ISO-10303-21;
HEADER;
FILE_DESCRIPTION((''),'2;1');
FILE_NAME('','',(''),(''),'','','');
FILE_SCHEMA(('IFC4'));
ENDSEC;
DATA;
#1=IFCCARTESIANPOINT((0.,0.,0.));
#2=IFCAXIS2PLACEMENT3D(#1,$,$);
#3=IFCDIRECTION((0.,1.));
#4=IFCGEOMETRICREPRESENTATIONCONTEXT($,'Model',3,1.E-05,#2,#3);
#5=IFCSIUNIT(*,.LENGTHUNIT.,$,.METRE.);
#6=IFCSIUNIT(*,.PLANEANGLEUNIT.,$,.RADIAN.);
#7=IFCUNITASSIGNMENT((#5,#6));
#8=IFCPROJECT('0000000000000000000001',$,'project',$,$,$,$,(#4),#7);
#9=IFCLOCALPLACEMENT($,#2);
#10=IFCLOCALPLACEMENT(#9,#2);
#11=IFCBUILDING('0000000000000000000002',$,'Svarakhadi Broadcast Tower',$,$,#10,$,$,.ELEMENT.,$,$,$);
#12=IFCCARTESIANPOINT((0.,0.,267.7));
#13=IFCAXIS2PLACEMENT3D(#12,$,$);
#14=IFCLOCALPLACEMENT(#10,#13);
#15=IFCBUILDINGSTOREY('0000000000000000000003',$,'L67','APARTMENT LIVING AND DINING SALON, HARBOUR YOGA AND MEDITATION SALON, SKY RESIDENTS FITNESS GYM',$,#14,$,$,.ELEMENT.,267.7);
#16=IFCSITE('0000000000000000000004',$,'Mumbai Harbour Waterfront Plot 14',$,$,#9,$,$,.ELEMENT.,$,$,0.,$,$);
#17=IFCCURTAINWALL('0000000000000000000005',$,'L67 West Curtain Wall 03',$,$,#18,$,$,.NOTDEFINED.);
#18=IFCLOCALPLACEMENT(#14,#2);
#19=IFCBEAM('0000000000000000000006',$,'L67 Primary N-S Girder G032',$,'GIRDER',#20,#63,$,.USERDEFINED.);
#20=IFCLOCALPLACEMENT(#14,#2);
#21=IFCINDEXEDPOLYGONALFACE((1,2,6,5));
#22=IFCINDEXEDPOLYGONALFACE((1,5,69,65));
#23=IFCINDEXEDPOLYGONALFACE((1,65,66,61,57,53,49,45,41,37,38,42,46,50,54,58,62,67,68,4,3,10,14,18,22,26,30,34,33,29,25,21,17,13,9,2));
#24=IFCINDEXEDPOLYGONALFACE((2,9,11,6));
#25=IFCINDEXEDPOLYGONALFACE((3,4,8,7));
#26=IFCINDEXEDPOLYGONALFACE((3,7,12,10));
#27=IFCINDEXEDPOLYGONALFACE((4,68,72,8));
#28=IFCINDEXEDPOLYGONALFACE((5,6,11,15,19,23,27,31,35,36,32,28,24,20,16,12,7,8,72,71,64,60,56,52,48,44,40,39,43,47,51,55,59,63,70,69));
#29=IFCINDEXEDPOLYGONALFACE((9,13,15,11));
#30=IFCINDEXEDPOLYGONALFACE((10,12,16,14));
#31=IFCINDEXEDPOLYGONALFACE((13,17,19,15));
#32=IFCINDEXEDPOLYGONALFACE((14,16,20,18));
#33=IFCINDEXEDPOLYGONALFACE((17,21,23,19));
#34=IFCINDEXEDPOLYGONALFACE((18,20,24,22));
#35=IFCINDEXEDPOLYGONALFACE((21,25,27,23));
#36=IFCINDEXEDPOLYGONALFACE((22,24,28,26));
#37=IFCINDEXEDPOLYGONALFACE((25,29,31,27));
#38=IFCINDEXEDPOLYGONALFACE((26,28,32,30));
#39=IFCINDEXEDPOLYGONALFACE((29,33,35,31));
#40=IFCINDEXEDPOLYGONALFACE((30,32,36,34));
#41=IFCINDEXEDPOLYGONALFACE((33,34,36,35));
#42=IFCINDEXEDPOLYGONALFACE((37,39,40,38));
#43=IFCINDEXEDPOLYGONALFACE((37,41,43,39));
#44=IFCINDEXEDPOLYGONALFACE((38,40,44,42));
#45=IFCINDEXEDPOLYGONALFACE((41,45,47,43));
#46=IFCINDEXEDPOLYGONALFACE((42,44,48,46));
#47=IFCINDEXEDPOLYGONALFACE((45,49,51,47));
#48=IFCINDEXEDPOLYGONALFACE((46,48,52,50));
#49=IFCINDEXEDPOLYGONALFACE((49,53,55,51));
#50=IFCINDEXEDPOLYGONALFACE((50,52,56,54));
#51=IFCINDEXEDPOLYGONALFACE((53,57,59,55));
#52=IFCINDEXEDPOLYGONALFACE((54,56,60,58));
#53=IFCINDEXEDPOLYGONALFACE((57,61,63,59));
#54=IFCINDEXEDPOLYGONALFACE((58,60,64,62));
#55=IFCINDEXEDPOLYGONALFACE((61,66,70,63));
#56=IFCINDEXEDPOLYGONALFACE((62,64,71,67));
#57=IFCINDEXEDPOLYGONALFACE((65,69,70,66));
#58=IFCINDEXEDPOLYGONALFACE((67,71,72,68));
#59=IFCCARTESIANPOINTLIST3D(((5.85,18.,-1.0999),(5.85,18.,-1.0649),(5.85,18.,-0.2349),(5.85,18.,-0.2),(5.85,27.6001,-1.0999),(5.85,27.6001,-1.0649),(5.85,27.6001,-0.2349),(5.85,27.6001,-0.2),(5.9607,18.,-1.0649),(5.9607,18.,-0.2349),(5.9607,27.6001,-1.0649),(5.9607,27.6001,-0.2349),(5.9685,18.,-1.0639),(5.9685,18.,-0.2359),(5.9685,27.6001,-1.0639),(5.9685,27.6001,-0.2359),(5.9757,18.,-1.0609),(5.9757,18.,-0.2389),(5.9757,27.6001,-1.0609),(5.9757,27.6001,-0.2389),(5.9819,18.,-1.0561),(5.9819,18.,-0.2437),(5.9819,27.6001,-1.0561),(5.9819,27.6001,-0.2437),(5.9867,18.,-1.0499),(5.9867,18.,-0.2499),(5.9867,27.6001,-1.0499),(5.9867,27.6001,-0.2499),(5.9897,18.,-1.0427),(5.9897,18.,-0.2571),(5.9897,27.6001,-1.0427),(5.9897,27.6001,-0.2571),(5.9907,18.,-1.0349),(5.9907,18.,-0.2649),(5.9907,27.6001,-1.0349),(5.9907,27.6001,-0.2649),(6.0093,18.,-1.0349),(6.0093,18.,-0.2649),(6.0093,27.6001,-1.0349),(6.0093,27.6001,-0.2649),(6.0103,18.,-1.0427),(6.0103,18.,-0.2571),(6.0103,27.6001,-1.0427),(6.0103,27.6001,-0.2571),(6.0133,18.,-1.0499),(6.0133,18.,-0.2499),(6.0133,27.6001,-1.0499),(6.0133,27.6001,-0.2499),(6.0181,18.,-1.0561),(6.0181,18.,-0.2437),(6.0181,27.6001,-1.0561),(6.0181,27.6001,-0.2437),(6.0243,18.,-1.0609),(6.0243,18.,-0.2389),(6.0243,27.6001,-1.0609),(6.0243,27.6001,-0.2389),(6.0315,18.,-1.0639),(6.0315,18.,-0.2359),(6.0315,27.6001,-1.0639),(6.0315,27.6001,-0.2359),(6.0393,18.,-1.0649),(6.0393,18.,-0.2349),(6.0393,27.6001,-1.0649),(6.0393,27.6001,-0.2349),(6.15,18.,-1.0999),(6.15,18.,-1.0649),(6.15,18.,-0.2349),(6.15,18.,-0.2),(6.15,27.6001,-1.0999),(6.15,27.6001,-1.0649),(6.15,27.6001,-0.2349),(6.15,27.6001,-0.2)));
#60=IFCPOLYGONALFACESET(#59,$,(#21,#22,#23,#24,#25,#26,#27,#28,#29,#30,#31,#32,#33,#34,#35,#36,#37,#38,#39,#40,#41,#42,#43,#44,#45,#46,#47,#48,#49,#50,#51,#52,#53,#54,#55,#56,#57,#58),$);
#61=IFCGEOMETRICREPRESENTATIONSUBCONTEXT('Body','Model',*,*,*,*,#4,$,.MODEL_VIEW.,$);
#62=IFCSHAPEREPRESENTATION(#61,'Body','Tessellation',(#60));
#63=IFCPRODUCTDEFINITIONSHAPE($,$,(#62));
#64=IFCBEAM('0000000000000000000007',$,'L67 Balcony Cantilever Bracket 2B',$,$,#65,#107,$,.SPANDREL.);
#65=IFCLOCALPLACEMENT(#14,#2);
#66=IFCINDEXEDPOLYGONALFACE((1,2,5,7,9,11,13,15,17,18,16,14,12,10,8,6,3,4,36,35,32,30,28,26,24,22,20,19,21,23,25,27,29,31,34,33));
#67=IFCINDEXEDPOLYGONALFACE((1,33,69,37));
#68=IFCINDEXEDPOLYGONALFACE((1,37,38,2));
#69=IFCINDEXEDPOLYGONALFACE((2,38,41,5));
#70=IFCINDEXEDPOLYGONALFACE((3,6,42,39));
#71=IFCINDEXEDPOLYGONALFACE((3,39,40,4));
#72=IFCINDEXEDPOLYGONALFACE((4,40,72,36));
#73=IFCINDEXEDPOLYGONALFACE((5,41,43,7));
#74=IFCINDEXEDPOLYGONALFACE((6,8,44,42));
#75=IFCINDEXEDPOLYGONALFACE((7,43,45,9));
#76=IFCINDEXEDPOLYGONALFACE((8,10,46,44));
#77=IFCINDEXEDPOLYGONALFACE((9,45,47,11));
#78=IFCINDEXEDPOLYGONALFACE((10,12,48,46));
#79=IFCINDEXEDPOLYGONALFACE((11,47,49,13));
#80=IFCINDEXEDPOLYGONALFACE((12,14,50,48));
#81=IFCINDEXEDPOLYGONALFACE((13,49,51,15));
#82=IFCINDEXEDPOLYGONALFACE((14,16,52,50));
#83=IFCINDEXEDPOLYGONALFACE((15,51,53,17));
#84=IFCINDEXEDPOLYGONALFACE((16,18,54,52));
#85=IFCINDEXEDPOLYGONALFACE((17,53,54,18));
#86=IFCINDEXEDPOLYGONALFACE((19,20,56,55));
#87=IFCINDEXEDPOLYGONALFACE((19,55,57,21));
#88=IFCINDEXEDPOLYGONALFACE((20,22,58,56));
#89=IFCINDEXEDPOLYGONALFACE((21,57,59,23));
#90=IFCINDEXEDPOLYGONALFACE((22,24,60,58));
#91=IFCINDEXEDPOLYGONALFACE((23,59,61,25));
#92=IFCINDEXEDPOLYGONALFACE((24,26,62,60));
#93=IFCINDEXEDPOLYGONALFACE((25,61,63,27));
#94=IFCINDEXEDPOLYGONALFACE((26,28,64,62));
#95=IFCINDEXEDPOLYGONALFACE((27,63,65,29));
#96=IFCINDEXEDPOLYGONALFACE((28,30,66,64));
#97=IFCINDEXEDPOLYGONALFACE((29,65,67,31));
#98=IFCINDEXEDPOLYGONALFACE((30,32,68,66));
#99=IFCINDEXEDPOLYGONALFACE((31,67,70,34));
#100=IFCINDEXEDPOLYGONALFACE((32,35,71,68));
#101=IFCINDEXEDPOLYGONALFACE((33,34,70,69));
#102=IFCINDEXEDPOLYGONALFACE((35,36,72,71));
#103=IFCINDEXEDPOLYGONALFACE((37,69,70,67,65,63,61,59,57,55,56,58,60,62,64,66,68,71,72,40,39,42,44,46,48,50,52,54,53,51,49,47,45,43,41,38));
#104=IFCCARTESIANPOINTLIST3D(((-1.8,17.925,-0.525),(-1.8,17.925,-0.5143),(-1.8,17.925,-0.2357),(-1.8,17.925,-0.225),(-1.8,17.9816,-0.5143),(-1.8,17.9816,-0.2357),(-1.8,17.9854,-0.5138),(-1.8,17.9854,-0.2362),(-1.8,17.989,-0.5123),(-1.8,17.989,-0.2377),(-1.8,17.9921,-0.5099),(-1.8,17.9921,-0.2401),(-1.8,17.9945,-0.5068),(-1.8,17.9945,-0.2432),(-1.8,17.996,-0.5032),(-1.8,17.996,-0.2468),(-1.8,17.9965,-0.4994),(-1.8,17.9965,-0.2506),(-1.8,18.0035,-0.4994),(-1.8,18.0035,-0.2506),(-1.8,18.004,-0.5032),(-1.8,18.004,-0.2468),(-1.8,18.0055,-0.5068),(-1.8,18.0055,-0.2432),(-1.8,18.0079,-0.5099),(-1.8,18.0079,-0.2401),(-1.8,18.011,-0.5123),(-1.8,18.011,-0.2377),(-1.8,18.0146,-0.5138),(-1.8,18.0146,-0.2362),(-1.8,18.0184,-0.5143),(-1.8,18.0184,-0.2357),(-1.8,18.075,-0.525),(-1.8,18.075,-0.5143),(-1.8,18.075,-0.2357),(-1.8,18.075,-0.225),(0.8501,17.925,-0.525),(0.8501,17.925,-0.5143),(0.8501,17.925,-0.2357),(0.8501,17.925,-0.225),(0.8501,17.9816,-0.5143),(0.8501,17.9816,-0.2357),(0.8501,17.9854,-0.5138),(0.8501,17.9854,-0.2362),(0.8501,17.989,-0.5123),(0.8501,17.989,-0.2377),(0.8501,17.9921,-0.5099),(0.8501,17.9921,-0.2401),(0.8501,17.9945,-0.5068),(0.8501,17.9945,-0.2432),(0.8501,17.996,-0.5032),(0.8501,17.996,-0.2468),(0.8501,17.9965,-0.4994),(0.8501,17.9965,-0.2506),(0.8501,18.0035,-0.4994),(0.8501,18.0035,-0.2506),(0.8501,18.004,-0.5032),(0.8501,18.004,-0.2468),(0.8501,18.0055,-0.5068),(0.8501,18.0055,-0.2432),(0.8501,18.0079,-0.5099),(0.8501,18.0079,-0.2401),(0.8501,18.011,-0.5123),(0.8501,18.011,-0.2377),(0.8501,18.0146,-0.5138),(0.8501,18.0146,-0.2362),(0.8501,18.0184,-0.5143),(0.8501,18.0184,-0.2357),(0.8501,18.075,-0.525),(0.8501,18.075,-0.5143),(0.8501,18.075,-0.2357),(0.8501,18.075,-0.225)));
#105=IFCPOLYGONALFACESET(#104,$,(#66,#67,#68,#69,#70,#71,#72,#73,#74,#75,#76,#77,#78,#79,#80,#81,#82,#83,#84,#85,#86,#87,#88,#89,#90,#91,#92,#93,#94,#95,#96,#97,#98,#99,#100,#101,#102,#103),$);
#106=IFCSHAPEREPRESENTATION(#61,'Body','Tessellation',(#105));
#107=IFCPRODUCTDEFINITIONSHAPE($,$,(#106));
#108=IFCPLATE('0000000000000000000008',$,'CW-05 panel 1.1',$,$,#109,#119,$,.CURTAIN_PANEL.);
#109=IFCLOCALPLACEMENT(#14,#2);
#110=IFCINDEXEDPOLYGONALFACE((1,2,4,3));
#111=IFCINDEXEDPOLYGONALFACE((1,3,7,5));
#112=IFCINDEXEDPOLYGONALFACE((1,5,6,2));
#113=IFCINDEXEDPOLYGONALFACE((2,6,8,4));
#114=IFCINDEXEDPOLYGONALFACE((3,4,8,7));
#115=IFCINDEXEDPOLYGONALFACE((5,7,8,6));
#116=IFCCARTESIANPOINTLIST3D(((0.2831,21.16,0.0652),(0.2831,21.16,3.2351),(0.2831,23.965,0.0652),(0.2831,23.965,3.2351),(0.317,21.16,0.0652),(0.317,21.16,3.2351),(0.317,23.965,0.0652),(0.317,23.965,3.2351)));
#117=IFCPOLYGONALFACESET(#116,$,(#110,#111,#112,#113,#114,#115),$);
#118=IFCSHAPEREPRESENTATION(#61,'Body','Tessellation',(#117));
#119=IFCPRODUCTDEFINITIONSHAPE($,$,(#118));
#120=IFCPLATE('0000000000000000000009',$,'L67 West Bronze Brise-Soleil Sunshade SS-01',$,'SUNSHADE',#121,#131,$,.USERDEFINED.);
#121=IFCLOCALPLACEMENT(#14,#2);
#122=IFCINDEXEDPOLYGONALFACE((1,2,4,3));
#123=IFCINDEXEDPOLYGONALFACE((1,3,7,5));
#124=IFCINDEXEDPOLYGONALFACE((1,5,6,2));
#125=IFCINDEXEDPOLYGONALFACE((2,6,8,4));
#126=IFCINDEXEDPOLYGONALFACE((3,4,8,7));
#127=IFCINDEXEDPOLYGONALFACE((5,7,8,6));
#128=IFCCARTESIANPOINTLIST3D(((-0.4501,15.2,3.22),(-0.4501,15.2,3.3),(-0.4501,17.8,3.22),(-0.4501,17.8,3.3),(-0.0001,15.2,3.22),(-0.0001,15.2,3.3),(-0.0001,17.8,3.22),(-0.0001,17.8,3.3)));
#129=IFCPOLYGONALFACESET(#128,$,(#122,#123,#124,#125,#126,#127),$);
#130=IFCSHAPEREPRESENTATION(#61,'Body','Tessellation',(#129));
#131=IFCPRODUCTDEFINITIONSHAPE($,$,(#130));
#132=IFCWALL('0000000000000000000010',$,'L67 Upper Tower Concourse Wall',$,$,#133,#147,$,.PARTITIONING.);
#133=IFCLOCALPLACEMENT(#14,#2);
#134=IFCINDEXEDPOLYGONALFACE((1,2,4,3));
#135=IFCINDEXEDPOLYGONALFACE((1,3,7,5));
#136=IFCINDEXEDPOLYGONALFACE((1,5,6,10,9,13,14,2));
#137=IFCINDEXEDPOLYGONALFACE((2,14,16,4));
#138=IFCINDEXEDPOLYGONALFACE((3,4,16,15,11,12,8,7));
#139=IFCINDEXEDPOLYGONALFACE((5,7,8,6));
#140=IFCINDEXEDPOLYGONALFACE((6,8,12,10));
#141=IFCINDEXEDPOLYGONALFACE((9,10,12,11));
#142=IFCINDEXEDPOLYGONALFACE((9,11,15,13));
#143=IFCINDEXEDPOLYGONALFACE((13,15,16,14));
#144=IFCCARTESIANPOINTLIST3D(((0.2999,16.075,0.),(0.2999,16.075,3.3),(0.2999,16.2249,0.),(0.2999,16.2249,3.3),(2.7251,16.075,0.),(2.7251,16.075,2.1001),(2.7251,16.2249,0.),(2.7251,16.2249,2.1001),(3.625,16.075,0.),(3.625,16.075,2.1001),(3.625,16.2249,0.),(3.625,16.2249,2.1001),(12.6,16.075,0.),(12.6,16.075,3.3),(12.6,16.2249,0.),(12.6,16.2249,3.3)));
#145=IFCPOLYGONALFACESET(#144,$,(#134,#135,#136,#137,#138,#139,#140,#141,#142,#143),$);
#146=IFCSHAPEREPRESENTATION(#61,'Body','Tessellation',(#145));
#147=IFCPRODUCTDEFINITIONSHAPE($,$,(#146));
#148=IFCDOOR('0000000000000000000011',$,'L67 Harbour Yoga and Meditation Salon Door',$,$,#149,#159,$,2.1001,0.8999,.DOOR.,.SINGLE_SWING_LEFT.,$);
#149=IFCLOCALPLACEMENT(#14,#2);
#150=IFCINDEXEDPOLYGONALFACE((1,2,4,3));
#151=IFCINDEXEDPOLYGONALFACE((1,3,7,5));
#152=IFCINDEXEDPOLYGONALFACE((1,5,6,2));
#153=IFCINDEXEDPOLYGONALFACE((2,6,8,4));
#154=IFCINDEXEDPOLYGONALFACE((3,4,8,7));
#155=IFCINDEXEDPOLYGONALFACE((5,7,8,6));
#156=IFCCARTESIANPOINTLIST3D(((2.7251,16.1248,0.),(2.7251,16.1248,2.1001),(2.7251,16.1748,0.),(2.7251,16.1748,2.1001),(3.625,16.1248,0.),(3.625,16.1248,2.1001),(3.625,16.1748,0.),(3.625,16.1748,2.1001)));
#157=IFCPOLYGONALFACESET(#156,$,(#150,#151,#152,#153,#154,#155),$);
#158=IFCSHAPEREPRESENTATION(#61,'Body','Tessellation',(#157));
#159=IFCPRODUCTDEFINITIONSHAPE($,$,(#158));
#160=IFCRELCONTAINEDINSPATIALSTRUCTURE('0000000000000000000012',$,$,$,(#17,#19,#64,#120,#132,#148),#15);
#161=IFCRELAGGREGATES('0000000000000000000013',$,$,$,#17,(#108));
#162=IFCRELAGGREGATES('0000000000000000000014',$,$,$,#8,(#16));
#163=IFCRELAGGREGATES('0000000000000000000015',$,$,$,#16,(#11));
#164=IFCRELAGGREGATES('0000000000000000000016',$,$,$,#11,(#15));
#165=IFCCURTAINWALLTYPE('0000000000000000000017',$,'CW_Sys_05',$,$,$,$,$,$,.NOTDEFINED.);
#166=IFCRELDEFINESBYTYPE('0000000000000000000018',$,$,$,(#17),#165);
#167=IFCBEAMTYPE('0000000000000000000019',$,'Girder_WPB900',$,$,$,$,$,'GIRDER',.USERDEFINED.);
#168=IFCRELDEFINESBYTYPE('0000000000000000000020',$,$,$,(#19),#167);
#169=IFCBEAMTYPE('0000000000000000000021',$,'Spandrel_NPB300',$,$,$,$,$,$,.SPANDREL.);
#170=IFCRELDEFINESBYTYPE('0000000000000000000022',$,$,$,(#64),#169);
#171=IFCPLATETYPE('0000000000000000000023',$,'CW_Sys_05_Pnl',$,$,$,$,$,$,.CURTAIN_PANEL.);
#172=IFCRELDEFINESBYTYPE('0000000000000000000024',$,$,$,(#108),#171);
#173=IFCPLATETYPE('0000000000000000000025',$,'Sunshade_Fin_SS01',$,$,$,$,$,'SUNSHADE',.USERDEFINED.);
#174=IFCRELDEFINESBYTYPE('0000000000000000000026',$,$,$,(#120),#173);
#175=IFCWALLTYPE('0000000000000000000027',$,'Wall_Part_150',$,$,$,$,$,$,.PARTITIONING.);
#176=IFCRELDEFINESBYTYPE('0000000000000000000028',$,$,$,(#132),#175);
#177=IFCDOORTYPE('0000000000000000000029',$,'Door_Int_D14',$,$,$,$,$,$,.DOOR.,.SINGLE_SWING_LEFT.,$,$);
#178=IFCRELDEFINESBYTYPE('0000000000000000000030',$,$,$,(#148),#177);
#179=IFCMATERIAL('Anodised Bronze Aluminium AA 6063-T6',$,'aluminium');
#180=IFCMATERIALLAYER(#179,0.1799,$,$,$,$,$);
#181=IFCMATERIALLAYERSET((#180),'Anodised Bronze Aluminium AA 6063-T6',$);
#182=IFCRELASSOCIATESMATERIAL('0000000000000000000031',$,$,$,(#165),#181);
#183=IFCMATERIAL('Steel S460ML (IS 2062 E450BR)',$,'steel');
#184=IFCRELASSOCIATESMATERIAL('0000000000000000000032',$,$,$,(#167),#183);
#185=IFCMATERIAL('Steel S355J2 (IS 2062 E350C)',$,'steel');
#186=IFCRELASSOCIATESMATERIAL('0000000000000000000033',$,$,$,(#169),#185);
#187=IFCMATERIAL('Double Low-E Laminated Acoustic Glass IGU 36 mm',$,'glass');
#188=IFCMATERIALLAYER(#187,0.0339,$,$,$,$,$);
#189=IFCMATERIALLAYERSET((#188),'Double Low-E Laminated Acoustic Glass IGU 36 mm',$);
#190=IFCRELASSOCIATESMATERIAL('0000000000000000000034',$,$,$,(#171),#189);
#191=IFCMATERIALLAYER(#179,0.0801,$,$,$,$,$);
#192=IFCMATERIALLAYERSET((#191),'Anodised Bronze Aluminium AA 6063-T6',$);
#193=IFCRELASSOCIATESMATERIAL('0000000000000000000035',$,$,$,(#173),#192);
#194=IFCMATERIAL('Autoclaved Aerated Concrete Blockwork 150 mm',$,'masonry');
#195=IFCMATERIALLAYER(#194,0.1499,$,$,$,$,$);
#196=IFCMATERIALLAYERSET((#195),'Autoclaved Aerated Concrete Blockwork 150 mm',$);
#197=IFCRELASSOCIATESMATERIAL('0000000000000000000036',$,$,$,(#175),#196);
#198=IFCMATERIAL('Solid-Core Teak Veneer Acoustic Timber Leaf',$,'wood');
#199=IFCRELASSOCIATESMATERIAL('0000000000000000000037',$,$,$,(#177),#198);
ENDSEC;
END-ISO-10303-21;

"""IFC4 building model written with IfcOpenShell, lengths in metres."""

from ifc_helpers import new_model, si_unit, direction, frame, frame_2d, origin, origin_2d, place, context, subcontext, project, spatial, rectangle, i_section, extrude, material, layer, layer_set, material_profile, profile_set, type_object, element, fill, aggregate, save


model = new_model("IFC4")

# Units and contexts
model_context = context("Model", 3, precision=1e-05, world=origin(), true_north=direction((0.0, 1.0)))
body_context = subcontext(model_context, "Body", "Model", "MODEL_VIEW")
ifc_project = project(units=[si_unit("LENGTHUNIT", "METRE"), si_unit("PLANEANGLEUNIT", "RADIAN")], contexts=[model_context])

# Site, building, storey
site_placement = place(None, origin())
site = spatial("IfcSite", under=ifc_project, at=site_placement, Name="Mumbai Harbour Waterfront Plot 14", CompositionType="ELEMENT", RefElevation=0.0)
building_placement = place(site_placement, origin())
building = spatial("IfcBuilding", under=site, at=building_placement, Name="Svarakhadi Broadcast Tower", CompositionType="ELEMENT")
storey_placement = place(building_placement, frame((0.0, 0.0, 267.7)))
storey = spatial("IfcBuildingStorey", under=building, at=storey_placement, Name="L67", Description="APARTMENT LIVING AND DINING SALON, HARBOUR YOGA AND MEDITATION SALON, SKY RESIDENTS FITNESS GYM", CompositionType="ELEMENT", Elevation=267.7)

# Shared definitions
ifc_material_1 = material(Name="Steel S460ML (IS 2062 E450BR)", Category="steel")

# Shared definitions
ifc_material_2 = material(Name="Steel S355J2 (IS 2062 E350C)", Category="steel")

# Curtain wall
ifc_material_3 = material(Name="Anodised Bronze Aluminium AA 6063-T6", Category="aluminium")
ifc_layer_1 = layer(ifc_material_3, 0.1799)
ifc_layer_set_1 = layer_set([ifc_layer_1], Name="Anodised Bronze Aluminium AA 6063-T6")
curtain_wall_type = type_object("IfcCurtainWallType", Name="CW_Sys_05", PredefinedType="NOTDEFINED", material=ifc_layer_set_1)
curtain_wall_placement = place(storey_placement, origin())
curtain_wall = element("IfcCurtainWall", 1, at=curtain_wall_placement, inside=storey, type_object=curtain_wall_type, Name="L67 West Curtain Wall 03", PredefinedType="NOTDEFINED")

# Beams
ifc_material_profile_1 = material_profile(ifc_material_1, i_section(OverallWidth=0.3, OverallDepth=0.8999, WebThickness=0.0186, FlangeThickness=0.0349, FilletRadius=0.03, at=origin_2d()), Name="WPB 900x300x291")
ifc_profile_set_1 = profile_set([ifc_material_profile_1], Name="Steel S460ML (IS 2062 E450BR)")
beam_type_1 = type_object("IfcBeamType", Name="Girder_WPB900", ElementType="GIRDER", PredefinedType="USERDEFINED", material=ifc_profile_set_1)
beam_1_placement = place(storey_placement, frame((6.0, 18.0, -0.6499), z_axis=(0.0, 1.0, 0.0), x_axis=(-1.0, 0.0, 0.0)))
element("IfcBeam", 2, at=beam_1_placement, inside=storey, type_object=beam_type_1, Name="L67 Primary N-S Girder G032", ObjectType="GIRDER", PredefinedType="USERDEFINED", context=body_context, shape_type="SweptSolid", body=[
    extrude(i_section(OverallWidth=0.3, OverallDepth=0.8999, WebThickness=0.0186, FlangeThickness=0.0349, FilletRadius=0.03, at=origin_2d()), origin(), (0.0, 0.0, 1.0), 9.6001),
])
ifc_material_profile_2 = material_profile(ifc_material_2, i_section(OverallWidth=0.1499, OverallDepth=0.3, WebThickness=0.0071, FlangeThickness=0.0107, FilletRadius=0.0149, at=origin_2d()), Name="NPB 300x150x37")
ifc_profile_set_2 = profile_set([ifc_material_profile_2], Name="Steel S355J2 (IS 2062 E350C)")
beam_type_2 = type_object("IfcBeamType", Name="Spandrel_NPB300", PredefinedType="SPANDREL", material=ifc_profile_set_2)
beam_2_placement = place(storey_placement, frame((0.8501, 18.0, -0.375), z_axis=(-1.0, 0.0, 0.0), x_axis=(0.0, -1.0, 0.0)))
element("IfcBeam", 3, at=beam_2_placement, inside=storey, type_object=beam_type_2, Name="L67 Balcony Cantilever Bracket 2B", PredefinedType="SPANDREL", context=body_context, shape_type="SweptSolid", body=[
    extrude(i_section(OverallWidth=0.1499, OverallDepth=0.3, WebThickness=0.0071, FlangeThickness=0.0107, FilletRadius=0.0149, at=origin_2d()), origin(), (0.0, 0.0, 1.0), 2.6501),
])

# Plates
ifc_material_4 = material(Name="Double Low-E Laminated Acoustic Glass IGU 36 mm", Category="glass")
ifc_layer_2 = layer(ifc_material_4, 0.0339)
ifc_layer_set_2 = layer_set([ifc_layer_2], Name="Double Low-E Laminated Acoustic Glass IGU 36 mm")
plate_type_1 = type_object("IfcPlateType", Name="CW_Sys_05_Pnl", PredefinedType="CURTAIN_PANEL", material=ifc_layer_set_2)
plate_1_placement = place(storey_placement, frame((0.3, 22.5625, 0.0652), z_axis=(0.0, 0.0, 1.0), x_axis=(0.0, 1.0, 0.0)))
plate_1 = element("IfcPlate", 4, at=plate_1_placement, type_object=plate_type_1, Name="CW-05 panel 1.1", PredefinedType="CURTAIN_PANEL", context=body_context, shape_type="SweptSolid", body=[
    extrude(rectangle(XDim=2.8049, YDim=0.0339, at=origin_2d()), origin(), (0.0, 0.0, 1.0), 3.1699),
])
aggregate(curtain_wall, [plate_1])
ifc_layer_3 = layer(ifc_material_3, 0.0801)
ifc_layer_set_3 = layer_set([ifc_layer_3], Name="Anodised Bronze Aluminium AA 6063-T6")
plate_type_2 = type_object("IfcPlateType", Name="Sunshade_Fin_SS01", ElementType="SUNSHADE", PredefinedType="USERDEFINED", material=ifc_layer_set_3)
plate_2_placement = place(storey_placement, frame((-0.2251, 16.5, 3.22), z_axis=(0.0, 0.0, 1.0), x_axis=(0.0, 1.0, 0.0)))
element("IfcPlate", 5, at=plate_2_placement, inside=storey, type_object=plate_type_2, Name="L67 West Bronze Brise-Soleil Sunshade SS-01", ObjectType="SUNSHADE", PredefinedType="USERDEFINED", context=body_context, shape_type="SweptSolid", body=[
    extrude(rectangle(XDim=2.6001, YDim=0.45, at=origin_2d()), origin(), (0.0, 0.0, 1.0), 0.0801),
])

# Wall, opening, door
ifc_material_5 = material(Name="Autoclaved Aerated Concrete Blockwork 150 mm", Category="masonry")
ifc_layer_4 = layer(ifc_material_5, 0.1499)
ifc_layer_set_4 = layer_set([ifc_layer_4], Name="Autoclaved Aerated Concrete Blockwork 150 mm")
wall_type_1 = type_object("IfcWallType", Name="Wall_Part_150", PredefinedType="PARTITIONING", material=ifc_layer_set_4)
wall_1_placement = place(storey_placement, frame((0.3, 16.1499, 0.0), z_axis=(0.0, 0.0, 1.0), x_axis=(1.0, 0.0, 0.0)))
wall_1 = element("IfcWall", 6, at=wall_1_placement, inside=storey, type_object=wall_type_1, Name="L67 Upper Tower Concourse Wall", PredefinedType="PARTITIONING", context=body_context, shape_type="SweptSolid", body=[
    extrude(rectangle(XDim=12.3, YDim=0.1499, at=frame_2d((6.1499, 0.0))), origin(), (0.0, 0.0, 1.0), 3.3),
])
opening_1_placement = place(wall_1_placement, frame((2.425, 0.0, 0.0)))
opening_1 = element("IfcOpeningElement", 7, at=opening_1_placement, cuts=wall_1, PredefinedType="OPENING", context=body_context, shape_type="SweptSolid", body=[
    extrude(rectangle(XDim=0.8999, YDim=2.1001, at=frame_2d((0.45, 1.05))), frame((0.0, 0.085, 0.0), z_axis=(0.0, -1.0, 0.0), x_axis=(1.0, 0.0, 0.0)), (0.0, 0.0, 1.0), 0.1699),
])
ifc_material_6 = material(Name="Solid-Core Teak Veneer Acoustic Timber Leaf", Category="wood")
door_type_1 = type_object("IfcDoorType", Name="Door_Int_D14", OperationType="SINGLE_SWING_LEFT", PredefinedType="DOOR", material=ifc_material_6)
door_1_placement = place(opening_1_placement, origin())
door_1 = element("IfcDoor", 8, at=door_1_placement, inside=storey, type_object=door_type_1, Name="L67 Harbour Yoga and Meditation Salon Door", OperationType="SINGLE_SWING_LEFT", OverallHeight=2.1001, OverallWidth=0.8999, PredefinedType="DOOR", context=body_context, shape_type="SweptSolid", body=[
    extrude(rectangle(XDim=0.8999, YDim=2.1001, at=frame_2d((0.45, 1.05))), frame((0.0, 0.0249, 0.0), z_axis=(0.0, -1.0, 0.0), x_axis=(1.0, 0.0, 0.0)), (0.0, 0.0, 1.0), 0.05),
])
fill(opening_1, door_1)

save(model, "model.ifc")
